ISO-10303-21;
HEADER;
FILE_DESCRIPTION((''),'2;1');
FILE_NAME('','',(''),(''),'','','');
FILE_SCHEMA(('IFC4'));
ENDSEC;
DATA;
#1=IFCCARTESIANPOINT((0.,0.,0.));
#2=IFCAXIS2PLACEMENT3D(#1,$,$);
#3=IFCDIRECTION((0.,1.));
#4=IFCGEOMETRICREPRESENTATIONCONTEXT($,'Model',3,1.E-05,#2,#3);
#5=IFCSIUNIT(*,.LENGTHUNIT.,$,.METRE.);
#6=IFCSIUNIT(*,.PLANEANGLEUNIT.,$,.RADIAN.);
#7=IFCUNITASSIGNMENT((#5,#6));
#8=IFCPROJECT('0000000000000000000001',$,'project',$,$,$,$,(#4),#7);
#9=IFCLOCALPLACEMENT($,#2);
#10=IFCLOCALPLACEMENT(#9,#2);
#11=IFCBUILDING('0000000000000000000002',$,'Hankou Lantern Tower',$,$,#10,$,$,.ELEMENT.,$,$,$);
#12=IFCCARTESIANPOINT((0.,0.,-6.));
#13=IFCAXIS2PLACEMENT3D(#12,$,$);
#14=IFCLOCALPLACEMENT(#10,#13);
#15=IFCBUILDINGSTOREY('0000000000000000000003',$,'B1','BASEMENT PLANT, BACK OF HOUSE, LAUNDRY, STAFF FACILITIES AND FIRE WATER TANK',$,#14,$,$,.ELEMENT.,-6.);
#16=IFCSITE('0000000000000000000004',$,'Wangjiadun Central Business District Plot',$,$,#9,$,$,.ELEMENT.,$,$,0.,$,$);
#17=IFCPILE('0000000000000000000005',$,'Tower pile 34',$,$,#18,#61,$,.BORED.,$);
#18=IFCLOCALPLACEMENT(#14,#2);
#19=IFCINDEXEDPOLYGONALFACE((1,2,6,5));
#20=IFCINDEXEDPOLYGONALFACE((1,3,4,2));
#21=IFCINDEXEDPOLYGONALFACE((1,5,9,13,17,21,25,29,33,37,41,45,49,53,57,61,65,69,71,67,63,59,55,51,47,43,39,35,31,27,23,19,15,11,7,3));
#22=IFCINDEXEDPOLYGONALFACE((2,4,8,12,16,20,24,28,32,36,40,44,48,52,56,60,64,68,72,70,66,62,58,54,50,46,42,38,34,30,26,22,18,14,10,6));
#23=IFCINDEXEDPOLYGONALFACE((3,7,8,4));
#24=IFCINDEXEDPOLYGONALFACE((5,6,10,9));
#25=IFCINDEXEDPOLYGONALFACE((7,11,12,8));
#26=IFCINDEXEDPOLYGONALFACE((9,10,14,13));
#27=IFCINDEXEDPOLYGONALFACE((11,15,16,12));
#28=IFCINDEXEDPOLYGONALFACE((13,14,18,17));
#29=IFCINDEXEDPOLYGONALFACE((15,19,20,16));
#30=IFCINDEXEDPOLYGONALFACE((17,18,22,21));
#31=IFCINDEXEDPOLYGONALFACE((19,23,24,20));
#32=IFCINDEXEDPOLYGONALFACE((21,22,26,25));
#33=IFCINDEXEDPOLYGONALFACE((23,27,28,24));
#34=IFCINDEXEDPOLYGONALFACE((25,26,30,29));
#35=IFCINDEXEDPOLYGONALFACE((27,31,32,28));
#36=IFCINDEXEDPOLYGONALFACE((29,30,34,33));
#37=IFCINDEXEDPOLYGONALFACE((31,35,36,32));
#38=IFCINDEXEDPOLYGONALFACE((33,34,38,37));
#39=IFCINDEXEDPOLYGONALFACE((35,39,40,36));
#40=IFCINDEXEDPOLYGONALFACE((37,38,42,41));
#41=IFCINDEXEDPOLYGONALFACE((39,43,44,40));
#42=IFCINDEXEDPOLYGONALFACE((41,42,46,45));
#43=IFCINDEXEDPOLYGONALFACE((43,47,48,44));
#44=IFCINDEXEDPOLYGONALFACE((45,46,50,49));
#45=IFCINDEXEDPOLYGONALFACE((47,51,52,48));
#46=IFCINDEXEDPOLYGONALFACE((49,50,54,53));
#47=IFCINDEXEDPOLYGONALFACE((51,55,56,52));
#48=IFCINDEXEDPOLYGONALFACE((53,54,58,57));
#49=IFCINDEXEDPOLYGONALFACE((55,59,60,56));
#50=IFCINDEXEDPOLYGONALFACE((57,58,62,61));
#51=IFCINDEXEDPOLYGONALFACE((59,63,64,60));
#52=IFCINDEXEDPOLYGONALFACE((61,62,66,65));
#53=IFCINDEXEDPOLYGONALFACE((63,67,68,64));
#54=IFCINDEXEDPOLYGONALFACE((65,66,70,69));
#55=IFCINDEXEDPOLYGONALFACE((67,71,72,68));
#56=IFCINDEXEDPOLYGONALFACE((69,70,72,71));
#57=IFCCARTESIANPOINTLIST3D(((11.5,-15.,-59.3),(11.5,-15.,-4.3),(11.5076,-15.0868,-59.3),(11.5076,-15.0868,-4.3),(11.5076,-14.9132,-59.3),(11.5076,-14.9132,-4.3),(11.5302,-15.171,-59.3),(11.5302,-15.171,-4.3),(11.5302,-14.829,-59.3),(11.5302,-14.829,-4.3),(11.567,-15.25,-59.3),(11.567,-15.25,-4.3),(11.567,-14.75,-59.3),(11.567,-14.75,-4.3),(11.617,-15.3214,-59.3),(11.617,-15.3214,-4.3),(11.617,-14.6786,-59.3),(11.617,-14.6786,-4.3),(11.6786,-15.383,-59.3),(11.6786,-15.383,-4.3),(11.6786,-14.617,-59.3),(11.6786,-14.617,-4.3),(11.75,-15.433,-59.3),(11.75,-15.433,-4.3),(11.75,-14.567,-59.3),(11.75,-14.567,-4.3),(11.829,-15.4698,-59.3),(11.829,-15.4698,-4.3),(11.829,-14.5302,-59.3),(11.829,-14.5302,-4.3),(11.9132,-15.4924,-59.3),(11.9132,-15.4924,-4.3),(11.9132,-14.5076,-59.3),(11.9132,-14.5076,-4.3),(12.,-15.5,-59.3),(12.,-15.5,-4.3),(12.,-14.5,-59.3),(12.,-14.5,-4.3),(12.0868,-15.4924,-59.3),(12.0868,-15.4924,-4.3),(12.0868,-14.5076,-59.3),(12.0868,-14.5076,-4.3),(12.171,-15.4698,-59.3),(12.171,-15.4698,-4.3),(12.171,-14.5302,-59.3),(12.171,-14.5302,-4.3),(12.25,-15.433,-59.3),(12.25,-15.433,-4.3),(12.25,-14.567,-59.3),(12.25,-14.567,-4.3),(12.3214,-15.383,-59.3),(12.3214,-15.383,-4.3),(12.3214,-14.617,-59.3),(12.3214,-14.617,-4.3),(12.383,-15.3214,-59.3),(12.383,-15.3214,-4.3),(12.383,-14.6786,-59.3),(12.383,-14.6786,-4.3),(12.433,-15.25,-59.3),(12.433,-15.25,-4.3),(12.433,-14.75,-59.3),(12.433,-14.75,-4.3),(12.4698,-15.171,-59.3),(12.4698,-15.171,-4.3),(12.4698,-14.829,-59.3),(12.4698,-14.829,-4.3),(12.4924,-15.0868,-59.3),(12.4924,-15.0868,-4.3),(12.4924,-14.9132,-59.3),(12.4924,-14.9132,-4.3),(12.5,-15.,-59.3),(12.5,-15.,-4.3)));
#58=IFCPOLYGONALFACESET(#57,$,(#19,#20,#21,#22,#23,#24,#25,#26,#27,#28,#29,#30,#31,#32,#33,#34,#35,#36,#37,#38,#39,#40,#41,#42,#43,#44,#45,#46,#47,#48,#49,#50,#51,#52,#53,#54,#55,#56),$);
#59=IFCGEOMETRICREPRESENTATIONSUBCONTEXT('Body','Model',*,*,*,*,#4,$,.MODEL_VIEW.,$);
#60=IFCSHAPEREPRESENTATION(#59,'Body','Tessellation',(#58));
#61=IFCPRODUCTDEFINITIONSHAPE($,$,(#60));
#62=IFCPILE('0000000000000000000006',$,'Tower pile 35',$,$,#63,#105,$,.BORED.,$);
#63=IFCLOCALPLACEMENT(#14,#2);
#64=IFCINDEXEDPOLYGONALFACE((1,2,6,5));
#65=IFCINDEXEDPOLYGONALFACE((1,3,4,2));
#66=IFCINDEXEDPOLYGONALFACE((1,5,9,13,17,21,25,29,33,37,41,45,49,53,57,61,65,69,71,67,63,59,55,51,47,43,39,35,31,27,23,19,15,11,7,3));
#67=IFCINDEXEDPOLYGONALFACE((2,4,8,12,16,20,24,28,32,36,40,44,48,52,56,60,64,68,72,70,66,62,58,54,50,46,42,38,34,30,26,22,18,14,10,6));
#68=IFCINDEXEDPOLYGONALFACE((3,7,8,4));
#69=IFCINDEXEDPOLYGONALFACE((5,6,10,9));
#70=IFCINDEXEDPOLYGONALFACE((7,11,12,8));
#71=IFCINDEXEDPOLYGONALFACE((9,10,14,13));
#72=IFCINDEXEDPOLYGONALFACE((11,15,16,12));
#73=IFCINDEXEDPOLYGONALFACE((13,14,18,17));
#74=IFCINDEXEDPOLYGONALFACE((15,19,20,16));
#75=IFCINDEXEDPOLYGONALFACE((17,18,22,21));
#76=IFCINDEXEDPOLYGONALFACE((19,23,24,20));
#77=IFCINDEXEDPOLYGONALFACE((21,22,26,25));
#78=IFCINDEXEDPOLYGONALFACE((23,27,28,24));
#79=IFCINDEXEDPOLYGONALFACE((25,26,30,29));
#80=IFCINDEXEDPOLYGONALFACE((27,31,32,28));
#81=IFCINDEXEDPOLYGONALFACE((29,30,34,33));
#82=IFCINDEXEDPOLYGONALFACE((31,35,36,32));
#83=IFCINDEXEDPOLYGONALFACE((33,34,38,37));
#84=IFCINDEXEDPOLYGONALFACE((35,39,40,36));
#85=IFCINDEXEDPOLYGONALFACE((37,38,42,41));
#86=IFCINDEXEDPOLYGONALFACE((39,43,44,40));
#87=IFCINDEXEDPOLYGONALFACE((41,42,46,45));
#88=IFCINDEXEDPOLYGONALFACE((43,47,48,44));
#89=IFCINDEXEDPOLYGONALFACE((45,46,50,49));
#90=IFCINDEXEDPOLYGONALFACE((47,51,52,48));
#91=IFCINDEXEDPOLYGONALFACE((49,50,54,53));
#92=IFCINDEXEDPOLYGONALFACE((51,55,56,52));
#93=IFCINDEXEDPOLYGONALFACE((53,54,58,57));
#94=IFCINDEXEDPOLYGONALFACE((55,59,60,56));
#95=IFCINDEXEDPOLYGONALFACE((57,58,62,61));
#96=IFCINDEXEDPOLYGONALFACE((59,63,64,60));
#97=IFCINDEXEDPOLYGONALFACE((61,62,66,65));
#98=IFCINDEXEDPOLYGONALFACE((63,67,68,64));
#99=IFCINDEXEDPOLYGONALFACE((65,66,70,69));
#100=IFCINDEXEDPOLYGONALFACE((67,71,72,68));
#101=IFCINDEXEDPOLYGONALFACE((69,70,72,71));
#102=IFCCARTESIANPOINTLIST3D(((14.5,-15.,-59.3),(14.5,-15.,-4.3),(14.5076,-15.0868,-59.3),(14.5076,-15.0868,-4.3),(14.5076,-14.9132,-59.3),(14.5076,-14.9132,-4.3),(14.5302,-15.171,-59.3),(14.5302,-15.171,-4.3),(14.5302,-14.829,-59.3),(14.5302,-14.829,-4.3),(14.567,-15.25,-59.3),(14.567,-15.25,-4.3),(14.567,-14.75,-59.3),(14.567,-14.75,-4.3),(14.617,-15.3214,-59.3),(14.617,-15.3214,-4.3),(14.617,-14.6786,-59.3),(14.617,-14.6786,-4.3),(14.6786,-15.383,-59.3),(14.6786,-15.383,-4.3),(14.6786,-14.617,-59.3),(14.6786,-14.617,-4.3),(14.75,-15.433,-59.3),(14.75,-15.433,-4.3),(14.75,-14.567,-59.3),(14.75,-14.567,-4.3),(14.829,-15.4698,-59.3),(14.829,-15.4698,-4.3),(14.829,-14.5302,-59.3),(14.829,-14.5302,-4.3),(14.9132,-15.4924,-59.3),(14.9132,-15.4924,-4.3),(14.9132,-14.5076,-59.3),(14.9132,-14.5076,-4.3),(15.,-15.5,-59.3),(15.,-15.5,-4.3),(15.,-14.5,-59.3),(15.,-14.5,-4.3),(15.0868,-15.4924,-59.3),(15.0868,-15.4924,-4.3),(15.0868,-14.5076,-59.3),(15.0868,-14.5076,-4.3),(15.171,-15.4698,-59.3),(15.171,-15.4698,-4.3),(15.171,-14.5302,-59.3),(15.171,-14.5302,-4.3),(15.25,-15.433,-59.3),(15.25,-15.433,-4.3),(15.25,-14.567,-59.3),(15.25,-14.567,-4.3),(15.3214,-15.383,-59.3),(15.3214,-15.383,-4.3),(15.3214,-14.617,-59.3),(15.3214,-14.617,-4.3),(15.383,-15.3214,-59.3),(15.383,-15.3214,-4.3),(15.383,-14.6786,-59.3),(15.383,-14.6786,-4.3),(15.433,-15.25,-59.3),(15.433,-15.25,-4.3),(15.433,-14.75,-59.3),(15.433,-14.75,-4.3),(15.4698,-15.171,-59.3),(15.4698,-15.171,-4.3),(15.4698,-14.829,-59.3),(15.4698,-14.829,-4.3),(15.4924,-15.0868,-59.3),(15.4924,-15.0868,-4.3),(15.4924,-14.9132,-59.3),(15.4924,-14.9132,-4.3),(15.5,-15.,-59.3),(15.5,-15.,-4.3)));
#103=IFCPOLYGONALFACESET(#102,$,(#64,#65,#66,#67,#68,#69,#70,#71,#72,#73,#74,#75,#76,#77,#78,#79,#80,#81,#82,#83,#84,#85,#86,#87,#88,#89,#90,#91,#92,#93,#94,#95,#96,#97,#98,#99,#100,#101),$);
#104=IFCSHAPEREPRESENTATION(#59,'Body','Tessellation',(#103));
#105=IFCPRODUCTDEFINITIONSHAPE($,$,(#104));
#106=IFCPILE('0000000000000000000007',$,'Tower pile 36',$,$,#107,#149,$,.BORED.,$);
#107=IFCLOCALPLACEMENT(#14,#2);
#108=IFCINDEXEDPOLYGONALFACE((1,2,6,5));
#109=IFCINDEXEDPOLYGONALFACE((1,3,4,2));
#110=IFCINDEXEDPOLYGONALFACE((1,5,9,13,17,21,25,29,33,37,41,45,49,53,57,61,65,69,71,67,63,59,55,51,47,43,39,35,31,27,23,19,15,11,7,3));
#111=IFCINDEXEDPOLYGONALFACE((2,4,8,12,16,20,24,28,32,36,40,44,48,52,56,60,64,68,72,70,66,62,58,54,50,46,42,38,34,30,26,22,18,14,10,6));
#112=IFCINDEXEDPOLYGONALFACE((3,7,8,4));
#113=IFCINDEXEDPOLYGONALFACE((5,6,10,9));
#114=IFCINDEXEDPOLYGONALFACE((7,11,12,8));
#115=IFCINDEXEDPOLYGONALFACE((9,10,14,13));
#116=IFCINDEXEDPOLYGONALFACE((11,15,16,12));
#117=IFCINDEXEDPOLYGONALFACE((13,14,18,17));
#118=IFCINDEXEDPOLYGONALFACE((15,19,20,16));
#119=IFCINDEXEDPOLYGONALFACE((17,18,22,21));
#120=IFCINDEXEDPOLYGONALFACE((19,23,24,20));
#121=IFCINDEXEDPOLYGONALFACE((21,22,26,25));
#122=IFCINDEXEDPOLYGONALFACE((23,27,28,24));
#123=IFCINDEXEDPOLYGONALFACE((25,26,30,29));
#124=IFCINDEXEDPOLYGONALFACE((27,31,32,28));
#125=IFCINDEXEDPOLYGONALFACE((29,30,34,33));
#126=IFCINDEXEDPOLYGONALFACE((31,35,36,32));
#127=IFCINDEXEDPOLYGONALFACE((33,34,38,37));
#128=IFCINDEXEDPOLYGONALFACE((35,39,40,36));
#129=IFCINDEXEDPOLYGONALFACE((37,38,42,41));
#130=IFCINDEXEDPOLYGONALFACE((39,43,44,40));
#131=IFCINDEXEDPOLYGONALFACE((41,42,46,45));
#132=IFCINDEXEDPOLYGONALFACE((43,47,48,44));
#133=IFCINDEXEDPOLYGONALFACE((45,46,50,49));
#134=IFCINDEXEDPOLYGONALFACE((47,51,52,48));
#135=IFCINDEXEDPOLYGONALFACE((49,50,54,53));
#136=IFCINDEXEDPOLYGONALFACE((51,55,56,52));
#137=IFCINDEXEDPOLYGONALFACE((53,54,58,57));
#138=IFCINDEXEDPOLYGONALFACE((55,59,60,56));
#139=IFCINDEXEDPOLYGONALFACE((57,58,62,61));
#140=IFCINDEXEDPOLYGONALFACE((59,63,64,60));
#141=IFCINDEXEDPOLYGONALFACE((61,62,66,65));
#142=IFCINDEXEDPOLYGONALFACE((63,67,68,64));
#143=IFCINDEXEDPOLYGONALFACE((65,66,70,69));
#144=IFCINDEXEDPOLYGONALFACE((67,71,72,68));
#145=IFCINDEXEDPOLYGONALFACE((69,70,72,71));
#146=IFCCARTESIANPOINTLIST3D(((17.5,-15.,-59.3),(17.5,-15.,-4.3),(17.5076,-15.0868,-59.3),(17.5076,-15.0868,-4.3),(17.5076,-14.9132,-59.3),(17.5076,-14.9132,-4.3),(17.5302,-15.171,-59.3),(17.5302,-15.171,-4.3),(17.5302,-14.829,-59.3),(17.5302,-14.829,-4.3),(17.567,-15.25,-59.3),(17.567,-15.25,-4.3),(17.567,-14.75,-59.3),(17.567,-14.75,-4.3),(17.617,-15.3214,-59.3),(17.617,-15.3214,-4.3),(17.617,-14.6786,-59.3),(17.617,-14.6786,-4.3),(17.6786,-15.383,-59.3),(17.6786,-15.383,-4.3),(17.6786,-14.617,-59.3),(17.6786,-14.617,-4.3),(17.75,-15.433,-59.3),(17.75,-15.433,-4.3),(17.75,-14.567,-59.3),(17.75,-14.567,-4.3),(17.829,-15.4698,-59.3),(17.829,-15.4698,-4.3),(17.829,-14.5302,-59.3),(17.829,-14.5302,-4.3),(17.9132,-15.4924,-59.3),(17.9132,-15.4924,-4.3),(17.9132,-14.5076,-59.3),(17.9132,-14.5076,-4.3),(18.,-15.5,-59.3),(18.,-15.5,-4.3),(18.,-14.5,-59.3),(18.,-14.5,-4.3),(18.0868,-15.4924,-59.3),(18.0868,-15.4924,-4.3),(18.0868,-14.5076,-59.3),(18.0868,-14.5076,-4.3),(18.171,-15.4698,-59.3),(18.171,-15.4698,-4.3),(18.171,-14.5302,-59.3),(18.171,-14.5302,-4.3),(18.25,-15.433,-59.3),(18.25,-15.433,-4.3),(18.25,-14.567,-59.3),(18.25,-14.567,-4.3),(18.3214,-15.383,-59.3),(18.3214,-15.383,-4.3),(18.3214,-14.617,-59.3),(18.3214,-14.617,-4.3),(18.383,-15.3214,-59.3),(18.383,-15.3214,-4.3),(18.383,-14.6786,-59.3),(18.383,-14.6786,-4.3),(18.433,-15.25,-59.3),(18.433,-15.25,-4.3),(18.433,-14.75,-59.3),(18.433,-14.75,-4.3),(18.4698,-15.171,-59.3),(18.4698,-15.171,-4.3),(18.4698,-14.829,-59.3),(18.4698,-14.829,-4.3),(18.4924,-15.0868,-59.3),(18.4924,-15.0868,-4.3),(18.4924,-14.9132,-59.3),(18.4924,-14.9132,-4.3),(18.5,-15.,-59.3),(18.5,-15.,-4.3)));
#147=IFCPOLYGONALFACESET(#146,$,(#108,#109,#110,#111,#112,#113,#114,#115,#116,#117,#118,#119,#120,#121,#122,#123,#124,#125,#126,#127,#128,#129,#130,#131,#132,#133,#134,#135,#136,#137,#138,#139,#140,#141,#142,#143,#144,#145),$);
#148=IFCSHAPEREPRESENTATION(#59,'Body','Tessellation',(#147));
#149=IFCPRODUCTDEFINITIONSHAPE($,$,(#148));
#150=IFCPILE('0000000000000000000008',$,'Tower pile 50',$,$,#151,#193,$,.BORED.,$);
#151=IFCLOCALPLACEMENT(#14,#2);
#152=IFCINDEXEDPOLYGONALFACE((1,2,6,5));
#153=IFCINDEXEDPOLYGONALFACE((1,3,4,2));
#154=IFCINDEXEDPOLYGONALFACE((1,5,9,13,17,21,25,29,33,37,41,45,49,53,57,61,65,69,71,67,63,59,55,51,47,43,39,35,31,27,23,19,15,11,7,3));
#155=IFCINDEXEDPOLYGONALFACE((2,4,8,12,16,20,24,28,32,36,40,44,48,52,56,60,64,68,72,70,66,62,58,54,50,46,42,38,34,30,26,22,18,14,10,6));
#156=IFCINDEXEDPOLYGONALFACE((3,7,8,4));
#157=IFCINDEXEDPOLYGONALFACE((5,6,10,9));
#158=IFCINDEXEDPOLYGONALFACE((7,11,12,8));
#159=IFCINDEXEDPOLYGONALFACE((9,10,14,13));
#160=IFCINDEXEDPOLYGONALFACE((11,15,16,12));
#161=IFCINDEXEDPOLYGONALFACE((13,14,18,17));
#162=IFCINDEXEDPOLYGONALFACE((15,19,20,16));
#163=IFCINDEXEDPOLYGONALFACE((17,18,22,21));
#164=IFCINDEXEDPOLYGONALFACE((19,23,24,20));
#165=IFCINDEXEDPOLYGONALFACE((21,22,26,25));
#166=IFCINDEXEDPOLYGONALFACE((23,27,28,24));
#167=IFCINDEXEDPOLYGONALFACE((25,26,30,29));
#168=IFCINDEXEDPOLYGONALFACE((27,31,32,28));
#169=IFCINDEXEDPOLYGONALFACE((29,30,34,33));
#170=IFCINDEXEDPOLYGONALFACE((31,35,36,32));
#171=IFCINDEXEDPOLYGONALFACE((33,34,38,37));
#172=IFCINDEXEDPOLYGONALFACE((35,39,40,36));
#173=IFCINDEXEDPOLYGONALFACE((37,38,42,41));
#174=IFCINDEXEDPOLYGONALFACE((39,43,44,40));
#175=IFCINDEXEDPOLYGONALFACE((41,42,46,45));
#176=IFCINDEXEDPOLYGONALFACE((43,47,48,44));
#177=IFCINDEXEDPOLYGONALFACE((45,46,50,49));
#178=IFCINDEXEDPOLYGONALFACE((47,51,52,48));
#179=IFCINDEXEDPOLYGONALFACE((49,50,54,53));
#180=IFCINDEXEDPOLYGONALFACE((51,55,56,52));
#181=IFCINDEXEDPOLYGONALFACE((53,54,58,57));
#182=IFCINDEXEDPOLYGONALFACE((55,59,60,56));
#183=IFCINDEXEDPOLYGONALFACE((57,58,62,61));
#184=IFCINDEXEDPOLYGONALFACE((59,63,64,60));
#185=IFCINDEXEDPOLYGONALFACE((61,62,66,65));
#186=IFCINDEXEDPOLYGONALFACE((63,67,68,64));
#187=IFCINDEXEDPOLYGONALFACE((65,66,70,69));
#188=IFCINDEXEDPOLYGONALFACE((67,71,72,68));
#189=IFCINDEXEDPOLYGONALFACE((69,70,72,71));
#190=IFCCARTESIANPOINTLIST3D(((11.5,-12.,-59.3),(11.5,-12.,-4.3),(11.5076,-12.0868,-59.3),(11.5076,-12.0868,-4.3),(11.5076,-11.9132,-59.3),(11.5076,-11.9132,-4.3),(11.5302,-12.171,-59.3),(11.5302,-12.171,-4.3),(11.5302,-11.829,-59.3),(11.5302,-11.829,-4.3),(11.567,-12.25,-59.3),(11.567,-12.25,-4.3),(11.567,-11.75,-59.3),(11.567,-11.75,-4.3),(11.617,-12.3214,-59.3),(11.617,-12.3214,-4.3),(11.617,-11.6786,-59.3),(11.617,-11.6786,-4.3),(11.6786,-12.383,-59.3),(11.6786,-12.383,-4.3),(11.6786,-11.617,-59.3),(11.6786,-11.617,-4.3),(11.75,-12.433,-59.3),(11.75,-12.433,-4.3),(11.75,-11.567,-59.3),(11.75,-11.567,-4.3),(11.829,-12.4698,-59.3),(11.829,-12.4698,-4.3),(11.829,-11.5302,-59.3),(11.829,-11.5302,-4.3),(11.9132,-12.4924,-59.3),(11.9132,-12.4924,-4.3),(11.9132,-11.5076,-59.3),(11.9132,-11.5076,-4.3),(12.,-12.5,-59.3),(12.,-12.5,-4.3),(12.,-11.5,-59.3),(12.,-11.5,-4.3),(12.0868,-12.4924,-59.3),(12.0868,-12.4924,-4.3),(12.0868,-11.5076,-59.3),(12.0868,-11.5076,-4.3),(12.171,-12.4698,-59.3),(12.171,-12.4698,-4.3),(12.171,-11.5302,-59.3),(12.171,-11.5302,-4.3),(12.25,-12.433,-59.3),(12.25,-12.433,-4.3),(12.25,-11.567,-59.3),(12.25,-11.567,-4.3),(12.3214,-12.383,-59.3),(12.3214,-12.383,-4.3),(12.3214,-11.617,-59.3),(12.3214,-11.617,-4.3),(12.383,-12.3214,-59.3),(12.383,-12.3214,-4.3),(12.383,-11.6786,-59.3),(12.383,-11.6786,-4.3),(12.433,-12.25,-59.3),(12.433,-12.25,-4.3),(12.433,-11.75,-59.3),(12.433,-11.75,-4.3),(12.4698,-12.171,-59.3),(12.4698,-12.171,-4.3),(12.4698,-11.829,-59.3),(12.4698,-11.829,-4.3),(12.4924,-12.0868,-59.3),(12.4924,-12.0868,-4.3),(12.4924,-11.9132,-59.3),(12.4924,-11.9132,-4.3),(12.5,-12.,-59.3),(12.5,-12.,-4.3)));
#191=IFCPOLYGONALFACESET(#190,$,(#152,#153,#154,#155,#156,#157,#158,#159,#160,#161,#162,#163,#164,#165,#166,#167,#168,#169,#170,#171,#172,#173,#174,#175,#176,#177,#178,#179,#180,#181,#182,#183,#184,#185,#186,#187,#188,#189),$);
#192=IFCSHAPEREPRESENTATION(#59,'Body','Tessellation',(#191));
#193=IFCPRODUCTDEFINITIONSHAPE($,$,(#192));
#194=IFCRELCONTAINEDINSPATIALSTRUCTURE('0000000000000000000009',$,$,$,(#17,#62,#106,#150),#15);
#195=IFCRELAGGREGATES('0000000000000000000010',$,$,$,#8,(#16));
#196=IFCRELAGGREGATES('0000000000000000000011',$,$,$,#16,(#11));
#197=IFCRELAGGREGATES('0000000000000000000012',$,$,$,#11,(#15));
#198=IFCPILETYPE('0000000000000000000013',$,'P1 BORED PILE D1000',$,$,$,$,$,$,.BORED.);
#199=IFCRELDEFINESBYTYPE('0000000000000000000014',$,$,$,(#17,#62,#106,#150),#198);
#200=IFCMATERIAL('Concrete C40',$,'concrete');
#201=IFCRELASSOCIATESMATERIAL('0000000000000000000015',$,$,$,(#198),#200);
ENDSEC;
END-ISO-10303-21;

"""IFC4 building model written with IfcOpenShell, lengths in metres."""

from ifc_helpers import new_model, si_unit, direction, frame, origin, origin_2d, place, context, subcontext, project, spatial, circle, extrude, material, material_profile, profile_set, type_object, element, save


model = new_model("IFC4")

# Units and contexts
model_context = context("Model", 3, precision=1e-05, world=origin(), true_north=direction((0.0, 1.0)))
body_context = subcontext(model_context, "Body", "Model", "MODEL_VIEW")
ifc_project = project(units=[si_unit("LENGTHUNIT", "METRE"), si_unit("PLANEANGLEUNIT", "RADIAN")], contexts=[model_context])

# Site, building, storey
site_placement = place(None, origin())
site = spatial("IfcSite", under=ifc_project, at=site_placement, Name="Wangjiadun Central Business District Plot", CompositionType="ELEMENT", RefElevation=0.0)
building_placement = place(site_placement, origin())
building = spatial("IfcBuilding", under=site, at=building_placement, Name="Hankou Lantern Tower", CompositionType="ELEMENT")
storey_placement = place(building_placement, frame((0.0, 0.0, -6.0)))
storey = spatial("IfcBuildingStorey", under=building, at=storey_placement, Name="B1", Description="BASEMENT PLANT, BACK OF HOUSE, LAUNDRY, STAFF FACILITIES AND FIRE WATER TANK", CompositionType="ELEMENT", Elevation=-6.0)

# Piles
ifc_material_1 = material(Name="Concrete C40", Category="concrete")
ifc_material_profile_1 = material_profile(ifc_material_1, circle(Radius=0.5, at=origin_2d()), Name="RC D1000")
ifc_profile_set_1 = profile_set([ifc_material_profile_1], Name="Concrete C40")
pile_type_1 = type_object("IfcPileType", Name="P1 BORED PILE D1000", PredefinedType="BORED", material=ifc_profile_set_1)
for number, where, z_axis, x_axis, name in (
    (1, (12.0, -15.0, -4.3), (0.0, 0.0, -1.0), (1.0, 0.0, 0.0), "Tower pile 34"),
    (2, (15.0, -15.0, -4.3), (0.0, 0.0, -1.0), (1.0, 0.0, 0.0), "Tower pile 35"),
    (3, (18.0, -15.0, -4.3), (0.0, 0.0, -1.0), (1.0, 0.0, 0.0), "Tower pile 36"),
    (4, (12.0, -12.0, -4.3), (0.0, 0.0, -1.0), (1.0, 0.0, 0.0), "Tower pile 50"),
):
    element("IfcPile", number, at=place(storey_placement, frame(where, z_axis=z_axis, x_axis=x_axis)), inside=storey, type_object=pile_type_1, Name=name, PredefinedType="BORED", context=body_context, shape_type="SweptSolid", body=[
        extrude(circle(Radius=0.5, at=origin_2d()), origin(), (0.0, 0.0, 1.0), 55.0),
    ])

save(model, "model.ifc")
